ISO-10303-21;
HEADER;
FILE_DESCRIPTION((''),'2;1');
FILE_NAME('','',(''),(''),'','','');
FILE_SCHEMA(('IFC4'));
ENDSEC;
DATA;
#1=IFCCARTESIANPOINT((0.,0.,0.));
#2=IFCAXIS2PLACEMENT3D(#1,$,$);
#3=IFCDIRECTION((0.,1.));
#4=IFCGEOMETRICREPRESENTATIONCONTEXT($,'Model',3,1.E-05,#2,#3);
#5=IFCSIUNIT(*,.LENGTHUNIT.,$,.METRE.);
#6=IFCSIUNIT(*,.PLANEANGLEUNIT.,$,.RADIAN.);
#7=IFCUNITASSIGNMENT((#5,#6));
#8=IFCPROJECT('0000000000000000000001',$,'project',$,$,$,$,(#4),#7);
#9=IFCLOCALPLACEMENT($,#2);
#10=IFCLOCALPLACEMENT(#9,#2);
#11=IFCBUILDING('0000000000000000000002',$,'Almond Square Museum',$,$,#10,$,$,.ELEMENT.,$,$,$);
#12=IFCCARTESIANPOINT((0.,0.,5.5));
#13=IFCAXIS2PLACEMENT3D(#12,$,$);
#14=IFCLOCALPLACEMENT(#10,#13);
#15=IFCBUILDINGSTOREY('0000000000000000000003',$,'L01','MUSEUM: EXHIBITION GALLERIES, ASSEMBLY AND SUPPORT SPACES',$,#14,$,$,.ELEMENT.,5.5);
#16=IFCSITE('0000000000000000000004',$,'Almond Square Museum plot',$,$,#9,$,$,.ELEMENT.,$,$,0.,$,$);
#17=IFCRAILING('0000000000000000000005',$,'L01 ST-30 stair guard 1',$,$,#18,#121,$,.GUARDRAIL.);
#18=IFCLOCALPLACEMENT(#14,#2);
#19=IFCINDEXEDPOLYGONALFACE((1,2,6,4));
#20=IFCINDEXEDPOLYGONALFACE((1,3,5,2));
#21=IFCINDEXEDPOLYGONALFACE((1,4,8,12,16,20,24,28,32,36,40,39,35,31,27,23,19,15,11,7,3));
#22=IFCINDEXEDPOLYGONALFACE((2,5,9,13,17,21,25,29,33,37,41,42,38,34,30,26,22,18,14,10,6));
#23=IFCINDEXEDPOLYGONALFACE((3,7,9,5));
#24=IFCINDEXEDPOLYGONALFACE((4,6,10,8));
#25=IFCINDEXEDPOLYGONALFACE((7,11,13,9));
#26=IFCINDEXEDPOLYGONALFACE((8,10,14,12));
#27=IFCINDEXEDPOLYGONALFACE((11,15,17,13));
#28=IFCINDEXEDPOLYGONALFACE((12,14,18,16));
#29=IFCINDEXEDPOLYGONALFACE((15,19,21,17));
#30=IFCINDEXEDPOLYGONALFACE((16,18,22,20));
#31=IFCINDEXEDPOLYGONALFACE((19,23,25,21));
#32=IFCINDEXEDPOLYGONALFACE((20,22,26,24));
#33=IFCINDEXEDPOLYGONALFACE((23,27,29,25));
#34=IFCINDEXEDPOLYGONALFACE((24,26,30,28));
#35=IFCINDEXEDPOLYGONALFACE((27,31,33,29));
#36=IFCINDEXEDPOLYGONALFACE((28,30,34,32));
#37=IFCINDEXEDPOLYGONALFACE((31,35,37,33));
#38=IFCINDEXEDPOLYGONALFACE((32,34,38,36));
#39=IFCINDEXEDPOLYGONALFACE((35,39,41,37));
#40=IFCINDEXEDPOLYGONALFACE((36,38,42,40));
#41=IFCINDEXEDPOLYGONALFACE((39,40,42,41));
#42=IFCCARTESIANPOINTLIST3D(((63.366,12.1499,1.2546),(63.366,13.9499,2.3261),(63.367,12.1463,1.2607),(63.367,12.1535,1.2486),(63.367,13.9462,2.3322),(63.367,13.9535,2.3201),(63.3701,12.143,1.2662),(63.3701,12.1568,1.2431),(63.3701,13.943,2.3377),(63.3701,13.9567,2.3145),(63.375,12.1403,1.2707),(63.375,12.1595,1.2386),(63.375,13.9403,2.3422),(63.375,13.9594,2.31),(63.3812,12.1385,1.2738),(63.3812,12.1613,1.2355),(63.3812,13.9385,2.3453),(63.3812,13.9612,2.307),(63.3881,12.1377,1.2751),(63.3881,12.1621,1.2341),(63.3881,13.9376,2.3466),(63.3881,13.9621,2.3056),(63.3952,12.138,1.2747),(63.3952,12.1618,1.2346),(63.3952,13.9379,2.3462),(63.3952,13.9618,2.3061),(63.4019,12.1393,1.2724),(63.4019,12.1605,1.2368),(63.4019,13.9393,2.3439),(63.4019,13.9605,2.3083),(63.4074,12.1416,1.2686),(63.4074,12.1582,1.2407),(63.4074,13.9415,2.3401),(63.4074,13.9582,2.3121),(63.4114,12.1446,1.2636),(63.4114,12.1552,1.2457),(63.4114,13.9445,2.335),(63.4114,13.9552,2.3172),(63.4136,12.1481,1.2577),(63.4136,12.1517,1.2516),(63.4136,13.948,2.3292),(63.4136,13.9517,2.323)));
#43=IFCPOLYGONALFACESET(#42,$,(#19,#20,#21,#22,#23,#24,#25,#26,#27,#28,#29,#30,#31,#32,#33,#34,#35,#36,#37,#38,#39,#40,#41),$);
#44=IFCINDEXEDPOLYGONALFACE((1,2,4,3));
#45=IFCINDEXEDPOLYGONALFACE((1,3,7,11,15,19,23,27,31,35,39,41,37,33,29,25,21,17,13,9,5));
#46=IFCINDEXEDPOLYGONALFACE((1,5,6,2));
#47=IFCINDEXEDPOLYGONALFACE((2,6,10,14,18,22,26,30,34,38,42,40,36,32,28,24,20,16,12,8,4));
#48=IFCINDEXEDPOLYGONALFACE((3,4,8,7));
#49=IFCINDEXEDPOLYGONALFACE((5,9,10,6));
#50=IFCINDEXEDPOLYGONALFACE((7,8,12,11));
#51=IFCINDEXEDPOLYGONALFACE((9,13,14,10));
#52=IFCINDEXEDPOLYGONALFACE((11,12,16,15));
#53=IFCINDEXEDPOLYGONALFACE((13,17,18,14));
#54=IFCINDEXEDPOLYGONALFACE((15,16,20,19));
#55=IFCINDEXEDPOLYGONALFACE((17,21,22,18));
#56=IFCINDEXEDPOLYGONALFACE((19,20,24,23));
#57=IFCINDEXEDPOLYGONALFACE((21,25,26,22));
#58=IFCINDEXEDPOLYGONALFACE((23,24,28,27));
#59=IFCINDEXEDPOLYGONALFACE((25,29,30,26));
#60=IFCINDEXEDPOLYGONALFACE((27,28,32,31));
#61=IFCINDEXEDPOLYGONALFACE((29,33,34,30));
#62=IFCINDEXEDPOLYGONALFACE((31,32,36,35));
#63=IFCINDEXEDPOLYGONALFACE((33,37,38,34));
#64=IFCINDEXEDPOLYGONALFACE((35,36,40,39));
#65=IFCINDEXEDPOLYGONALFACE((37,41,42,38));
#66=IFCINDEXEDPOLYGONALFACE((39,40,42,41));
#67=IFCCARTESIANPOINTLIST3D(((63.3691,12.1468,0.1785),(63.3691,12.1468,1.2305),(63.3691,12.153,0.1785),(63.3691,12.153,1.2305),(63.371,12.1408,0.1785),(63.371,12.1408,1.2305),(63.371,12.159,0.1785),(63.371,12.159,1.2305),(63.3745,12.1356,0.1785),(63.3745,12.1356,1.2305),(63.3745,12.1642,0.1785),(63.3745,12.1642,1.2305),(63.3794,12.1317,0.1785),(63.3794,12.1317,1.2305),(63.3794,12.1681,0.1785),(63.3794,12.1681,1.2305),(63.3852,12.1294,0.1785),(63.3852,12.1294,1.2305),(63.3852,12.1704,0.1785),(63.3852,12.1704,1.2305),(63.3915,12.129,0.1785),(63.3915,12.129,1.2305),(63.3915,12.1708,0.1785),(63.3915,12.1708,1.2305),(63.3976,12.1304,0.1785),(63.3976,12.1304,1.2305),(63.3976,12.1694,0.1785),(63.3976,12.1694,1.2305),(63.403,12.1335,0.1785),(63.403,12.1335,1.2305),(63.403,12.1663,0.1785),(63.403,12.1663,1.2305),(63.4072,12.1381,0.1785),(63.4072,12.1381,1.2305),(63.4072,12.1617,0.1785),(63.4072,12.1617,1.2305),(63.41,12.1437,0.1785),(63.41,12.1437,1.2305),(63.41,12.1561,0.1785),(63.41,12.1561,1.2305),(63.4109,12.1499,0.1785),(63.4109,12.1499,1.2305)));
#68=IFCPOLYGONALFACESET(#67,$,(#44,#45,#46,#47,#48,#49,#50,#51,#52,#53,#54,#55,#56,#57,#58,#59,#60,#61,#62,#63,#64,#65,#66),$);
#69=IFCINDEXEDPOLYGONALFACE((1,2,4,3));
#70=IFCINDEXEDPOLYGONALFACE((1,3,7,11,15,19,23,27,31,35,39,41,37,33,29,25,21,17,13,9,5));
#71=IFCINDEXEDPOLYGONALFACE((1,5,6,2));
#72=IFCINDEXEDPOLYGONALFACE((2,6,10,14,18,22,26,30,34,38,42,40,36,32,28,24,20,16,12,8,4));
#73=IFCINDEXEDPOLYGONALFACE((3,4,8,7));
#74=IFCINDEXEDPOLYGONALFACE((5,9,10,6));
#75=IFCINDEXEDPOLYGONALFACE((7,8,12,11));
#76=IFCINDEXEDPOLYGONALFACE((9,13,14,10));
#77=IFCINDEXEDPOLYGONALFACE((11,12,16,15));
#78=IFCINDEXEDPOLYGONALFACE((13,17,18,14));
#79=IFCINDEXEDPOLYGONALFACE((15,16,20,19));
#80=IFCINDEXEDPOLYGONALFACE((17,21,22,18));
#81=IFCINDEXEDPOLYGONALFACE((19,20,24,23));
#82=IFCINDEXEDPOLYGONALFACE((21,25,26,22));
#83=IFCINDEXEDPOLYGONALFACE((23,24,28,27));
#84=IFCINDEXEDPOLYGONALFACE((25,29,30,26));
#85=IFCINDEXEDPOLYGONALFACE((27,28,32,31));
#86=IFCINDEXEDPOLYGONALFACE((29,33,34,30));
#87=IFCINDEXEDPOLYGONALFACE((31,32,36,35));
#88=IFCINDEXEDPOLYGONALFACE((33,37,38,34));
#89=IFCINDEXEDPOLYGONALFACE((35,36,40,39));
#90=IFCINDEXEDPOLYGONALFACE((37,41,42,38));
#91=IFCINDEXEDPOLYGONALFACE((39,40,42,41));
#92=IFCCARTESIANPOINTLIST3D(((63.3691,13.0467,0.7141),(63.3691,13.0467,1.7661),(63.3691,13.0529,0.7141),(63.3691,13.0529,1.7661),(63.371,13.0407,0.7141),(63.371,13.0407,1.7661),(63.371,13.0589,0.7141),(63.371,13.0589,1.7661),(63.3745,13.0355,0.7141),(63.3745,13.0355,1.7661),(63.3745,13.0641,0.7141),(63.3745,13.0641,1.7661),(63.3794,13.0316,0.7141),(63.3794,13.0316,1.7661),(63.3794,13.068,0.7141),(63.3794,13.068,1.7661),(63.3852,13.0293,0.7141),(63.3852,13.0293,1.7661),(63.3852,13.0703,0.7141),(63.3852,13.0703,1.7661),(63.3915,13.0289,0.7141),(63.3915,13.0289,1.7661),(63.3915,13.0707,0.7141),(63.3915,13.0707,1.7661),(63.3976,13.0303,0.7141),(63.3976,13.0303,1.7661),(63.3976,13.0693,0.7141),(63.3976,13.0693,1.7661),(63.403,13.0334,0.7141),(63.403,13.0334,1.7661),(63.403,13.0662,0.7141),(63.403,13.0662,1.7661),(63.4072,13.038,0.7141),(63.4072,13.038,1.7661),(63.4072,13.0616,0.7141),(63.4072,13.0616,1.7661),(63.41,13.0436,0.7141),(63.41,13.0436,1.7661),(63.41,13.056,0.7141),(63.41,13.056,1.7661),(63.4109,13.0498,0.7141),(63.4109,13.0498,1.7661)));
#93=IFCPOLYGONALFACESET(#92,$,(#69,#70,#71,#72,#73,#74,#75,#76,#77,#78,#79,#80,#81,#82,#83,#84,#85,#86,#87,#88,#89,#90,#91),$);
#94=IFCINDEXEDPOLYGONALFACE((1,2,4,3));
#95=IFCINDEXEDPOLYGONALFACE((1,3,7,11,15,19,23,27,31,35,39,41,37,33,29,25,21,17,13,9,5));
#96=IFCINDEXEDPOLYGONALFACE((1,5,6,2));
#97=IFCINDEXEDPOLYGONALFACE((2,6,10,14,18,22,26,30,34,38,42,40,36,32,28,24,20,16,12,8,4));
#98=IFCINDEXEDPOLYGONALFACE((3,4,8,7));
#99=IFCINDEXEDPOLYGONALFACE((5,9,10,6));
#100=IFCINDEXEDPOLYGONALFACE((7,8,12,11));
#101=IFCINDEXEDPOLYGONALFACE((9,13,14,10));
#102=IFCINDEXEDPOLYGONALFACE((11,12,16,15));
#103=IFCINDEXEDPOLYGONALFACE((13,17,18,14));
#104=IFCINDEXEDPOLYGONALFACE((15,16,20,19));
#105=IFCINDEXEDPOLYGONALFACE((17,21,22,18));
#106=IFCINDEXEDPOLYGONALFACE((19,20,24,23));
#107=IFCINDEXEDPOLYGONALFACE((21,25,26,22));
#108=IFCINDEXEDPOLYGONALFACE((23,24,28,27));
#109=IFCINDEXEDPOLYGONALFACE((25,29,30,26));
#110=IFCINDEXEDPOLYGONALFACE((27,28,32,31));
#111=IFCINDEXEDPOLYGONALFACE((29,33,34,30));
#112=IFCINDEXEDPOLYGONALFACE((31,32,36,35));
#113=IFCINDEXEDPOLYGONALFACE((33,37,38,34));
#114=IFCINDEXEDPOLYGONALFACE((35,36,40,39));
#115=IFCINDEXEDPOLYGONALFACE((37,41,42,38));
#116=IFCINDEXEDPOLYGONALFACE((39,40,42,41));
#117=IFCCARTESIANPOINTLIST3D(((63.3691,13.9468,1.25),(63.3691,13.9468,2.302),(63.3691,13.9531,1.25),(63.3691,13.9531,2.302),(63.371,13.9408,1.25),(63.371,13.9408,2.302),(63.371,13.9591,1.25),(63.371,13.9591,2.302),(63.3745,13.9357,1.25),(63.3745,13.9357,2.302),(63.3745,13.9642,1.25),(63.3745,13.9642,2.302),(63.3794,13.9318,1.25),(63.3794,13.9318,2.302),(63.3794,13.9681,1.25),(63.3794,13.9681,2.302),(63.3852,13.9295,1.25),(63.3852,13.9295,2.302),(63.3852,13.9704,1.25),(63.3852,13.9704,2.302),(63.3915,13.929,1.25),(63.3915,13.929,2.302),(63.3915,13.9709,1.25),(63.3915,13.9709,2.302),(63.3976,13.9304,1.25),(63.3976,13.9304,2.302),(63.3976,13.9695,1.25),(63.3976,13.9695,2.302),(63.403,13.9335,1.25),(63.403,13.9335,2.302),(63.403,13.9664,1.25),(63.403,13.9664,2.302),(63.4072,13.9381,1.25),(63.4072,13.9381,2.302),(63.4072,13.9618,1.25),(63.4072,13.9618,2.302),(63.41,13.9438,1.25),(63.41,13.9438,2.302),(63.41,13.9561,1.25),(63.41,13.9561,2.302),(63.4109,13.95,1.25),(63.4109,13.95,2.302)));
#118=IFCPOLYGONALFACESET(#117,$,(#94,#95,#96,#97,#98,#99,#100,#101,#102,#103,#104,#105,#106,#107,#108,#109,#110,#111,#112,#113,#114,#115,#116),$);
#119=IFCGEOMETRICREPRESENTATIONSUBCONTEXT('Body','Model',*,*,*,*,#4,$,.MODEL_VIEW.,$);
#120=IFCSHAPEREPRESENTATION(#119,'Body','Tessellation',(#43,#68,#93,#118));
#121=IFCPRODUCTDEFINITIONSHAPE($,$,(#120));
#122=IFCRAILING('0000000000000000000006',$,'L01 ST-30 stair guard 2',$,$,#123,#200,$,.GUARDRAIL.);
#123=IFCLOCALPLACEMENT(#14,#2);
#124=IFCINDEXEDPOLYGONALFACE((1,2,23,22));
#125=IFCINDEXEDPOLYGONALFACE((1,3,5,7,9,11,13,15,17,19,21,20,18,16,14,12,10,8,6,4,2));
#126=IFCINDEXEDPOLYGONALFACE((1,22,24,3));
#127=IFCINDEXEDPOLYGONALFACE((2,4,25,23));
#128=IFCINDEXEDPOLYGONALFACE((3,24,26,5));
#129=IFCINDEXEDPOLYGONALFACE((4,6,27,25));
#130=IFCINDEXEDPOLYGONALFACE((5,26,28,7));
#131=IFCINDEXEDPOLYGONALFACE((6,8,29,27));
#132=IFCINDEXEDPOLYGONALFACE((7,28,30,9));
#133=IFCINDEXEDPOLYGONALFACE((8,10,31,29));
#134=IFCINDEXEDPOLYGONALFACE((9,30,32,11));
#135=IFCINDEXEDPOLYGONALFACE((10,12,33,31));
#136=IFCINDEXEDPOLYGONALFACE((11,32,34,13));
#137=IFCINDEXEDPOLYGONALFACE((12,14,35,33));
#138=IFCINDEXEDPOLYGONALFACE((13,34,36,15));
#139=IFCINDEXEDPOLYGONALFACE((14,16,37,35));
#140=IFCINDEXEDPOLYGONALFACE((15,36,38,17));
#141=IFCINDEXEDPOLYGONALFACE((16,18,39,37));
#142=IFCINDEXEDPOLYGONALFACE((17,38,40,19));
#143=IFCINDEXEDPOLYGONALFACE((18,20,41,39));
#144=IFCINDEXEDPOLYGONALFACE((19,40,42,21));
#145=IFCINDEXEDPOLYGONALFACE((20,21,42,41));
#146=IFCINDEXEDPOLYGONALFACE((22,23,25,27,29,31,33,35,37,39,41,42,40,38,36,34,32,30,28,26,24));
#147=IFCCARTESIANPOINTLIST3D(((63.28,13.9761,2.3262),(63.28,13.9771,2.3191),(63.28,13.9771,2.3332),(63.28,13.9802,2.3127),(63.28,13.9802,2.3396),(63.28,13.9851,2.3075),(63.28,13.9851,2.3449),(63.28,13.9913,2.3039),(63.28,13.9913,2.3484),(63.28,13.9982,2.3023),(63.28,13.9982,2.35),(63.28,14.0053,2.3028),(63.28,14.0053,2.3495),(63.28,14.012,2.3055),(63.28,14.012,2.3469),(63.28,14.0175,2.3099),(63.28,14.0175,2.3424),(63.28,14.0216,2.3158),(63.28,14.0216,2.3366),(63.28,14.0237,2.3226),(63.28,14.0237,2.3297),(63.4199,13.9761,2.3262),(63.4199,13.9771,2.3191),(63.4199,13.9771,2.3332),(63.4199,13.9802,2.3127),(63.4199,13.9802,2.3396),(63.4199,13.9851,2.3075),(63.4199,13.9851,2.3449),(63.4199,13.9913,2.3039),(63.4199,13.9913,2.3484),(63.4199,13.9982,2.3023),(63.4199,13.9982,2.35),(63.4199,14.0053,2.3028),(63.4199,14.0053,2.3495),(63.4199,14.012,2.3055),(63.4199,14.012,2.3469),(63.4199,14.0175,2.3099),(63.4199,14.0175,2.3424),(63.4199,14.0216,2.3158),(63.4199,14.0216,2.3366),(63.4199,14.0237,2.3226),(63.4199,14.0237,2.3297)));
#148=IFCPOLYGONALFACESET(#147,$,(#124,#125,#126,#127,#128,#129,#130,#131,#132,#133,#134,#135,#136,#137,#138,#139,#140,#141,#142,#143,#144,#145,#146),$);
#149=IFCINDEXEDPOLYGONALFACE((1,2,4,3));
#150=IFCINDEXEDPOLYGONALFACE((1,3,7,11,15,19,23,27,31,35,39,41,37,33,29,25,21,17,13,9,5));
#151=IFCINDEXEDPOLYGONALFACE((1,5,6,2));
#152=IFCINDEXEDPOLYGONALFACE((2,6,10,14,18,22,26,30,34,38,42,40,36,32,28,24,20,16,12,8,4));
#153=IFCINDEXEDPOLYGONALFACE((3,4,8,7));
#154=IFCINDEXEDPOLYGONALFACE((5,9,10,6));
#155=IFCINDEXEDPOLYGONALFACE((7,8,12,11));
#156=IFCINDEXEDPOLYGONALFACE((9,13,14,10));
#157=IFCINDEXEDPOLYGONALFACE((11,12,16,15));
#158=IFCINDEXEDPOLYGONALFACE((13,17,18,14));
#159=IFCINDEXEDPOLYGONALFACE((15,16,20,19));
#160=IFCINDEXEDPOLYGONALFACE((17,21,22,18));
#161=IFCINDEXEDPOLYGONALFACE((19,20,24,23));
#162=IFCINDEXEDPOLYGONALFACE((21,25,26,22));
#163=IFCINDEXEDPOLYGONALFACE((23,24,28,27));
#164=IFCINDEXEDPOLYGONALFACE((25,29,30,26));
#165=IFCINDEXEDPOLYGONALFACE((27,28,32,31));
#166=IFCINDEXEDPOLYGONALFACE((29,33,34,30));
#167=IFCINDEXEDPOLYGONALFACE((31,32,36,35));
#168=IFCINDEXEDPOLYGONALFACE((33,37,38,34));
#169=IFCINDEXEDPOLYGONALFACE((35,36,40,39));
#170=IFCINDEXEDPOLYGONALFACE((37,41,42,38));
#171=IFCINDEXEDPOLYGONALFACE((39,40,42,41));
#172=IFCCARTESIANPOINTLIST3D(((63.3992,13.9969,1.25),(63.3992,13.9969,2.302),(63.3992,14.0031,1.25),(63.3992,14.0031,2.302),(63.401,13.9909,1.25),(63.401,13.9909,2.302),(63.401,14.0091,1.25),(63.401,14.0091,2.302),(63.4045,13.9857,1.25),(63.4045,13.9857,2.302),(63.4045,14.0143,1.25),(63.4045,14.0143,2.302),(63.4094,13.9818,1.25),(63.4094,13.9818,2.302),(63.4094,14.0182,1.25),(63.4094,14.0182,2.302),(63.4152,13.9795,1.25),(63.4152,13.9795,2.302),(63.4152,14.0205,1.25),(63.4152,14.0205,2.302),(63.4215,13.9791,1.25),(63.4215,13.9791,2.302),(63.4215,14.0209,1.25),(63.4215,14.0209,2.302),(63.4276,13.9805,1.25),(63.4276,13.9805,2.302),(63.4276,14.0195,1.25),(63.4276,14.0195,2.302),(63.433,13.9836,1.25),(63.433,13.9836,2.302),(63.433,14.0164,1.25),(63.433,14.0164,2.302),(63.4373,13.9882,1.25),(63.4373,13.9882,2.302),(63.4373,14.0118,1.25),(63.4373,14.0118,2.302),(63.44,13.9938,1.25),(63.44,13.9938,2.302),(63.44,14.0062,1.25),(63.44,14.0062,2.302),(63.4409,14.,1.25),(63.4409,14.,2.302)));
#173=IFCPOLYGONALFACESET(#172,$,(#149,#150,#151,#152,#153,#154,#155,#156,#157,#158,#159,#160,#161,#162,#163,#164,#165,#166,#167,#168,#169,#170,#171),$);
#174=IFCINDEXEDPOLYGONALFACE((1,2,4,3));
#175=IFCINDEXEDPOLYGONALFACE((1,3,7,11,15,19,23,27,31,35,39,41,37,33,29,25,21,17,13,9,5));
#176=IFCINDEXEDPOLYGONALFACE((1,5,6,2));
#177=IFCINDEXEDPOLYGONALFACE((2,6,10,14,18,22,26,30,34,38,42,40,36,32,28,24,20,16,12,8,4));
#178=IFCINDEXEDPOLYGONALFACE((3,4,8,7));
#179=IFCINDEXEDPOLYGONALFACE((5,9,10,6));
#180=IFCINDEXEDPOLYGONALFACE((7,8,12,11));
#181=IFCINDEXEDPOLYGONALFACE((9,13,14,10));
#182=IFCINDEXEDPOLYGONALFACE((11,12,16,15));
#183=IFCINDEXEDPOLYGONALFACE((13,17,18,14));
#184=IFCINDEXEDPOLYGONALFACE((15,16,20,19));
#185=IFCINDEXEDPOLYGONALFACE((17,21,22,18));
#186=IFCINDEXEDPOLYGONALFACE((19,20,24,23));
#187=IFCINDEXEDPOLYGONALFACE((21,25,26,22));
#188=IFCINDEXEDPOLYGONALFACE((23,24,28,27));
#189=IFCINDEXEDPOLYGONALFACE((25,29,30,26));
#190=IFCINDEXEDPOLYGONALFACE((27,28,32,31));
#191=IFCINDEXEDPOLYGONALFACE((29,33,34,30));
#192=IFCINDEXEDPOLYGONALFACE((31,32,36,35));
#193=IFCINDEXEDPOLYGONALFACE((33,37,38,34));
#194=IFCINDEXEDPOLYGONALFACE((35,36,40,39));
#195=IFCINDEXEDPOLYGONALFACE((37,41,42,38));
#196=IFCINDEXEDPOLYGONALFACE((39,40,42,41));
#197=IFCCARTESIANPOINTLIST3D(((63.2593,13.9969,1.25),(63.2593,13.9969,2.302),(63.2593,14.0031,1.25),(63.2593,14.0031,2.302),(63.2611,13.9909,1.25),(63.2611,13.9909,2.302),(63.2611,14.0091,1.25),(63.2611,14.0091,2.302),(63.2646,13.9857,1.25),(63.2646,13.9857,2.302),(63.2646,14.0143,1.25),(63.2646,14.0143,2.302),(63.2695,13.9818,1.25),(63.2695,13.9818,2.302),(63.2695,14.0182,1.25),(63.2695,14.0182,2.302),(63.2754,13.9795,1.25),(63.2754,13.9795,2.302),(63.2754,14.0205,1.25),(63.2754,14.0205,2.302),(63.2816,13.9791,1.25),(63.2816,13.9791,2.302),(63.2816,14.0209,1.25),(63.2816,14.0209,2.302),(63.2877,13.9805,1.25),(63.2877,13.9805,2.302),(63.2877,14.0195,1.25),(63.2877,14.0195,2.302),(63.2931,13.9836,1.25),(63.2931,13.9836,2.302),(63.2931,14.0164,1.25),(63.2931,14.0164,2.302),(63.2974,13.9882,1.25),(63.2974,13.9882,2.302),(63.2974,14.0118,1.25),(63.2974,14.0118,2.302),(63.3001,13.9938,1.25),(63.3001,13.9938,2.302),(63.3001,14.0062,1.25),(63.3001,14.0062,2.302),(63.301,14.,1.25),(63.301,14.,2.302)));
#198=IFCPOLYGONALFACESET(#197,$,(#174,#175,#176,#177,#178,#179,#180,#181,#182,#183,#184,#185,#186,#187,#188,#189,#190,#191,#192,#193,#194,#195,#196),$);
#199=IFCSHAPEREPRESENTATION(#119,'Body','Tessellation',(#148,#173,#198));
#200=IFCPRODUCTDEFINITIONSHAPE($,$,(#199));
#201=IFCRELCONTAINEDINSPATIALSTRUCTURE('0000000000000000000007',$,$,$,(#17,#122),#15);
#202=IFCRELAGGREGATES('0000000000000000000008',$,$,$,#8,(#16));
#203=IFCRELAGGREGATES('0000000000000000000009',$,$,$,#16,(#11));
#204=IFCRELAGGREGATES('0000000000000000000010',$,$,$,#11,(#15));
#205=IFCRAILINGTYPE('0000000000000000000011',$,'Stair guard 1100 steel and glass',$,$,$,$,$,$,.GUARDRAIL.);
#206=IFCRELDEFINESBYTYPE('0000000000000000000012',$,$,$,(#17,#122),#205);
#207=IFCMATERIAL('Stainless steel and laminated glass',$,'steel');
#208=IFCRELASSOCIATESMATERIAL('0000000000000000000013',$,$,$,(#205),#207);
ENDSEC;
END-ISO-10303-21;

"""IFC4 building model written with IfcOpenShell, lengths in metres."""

from ifc_helpers import new_model, si_unit, direction, frame, origin, origin_2d, place, context, subcontext, project, spatial, circle, extrude, material, type_object, element, save


model = new_model("IFC4")

# Units and contexts
model_context = context("Model", 3, precision=1e-05, world=origin(), true_north=direction((0.0, 1.0)))
body_context = subcontext(model_context, "Body", "Model", "MODEL_VIEW")
ifc_project = project(units=[si_unit("LENGTHUNIT", "METRE"), si_unit("PLANEANGLEUNIT", "RADIAN")], contexts=[model_context])

# Site, building, storey
site_placement = place(None, origin())
site = spatial("IfcSite", under=ifc_project, at=site_placement, Name="Almond Square Museum plot", CompositionType="ELEMENT", RefElevation=0.0)
building_placement = place(site_placement, origin())
building = spatial("IfcBuilding", under=site, at=building_placement, Name="Almond Square Museum", CompositionType="ELEMENT")
storey_placement = place(building_placement, frame((0.0, 0.0, 5.5)))
storey = spatial("IfcBuildingStorey", under=building, at=storey_placement, Name="L01", Description="MUSEUM: EXHIBITION GALLERIES, ASSEMBLY AND SUPPORT SPACES", CompositionType="ELEMENT", Elevation=5.5)

# Railings
ifc_material_1 = material(Name="Stainless steel and laminated glass", Category="steel")
railing_type_1 = type_object("IfcRailingType", Name="Stair guard 1100 steel and glass", PredefinedType="GUARDRAIL", material=ifc_material_1)
railing_1_placement = place(storey_placement, frame((63.3899, 12.1499, 0.1785)))
element("IfcRailing", 1, at=railing_1_placement, inside=storey, type_object=railing_type_1, Name="L01 ST-30 stair guard 1", PredefinedType="GUARDRAIL", context=body_context, shape_type="SweptSolid", body=[
    extrude(circle(Radius=0.0239, at=origin_2d()), frame((0.0, 0.0, 1.0762), z_axis=(0.0, 0.859277, 0.51151), x_axis=(-1.0, 0.0, 0.0)), (0.0, 0.0, 1.0), 2.0947),
    extrude(circle(Radius=0.021, at=origin_2d()), origin(), (0.0, 0.0, 1.0), 1.052),
    extrude(circle(Radius=0.021, at=origin_2d()), frame((0.0, 0.8999, 0.5356)), (0.0, 0.0, 1.0), 1.052),
    extrude(circle(Radius=0.021, at=origin_2d()), frame((0.0, 1.8, 1.0715)), (0.0, 0.0, 1.0), 1.052),
])
railing_2_placement = place(storey_placement, frame((63.4199, 14.0, 1.25)))
element("IfcRailing", 2, at=railing_2_placement, inside=storey, type_object=railing_type_1, Name="L01 ST-30 stair guard 2", PredefinedType="GUARDRAIL", context=body_context, shape_type="SweptSolid", body=[
    extrude(circle(Radius=0.0239, at=origin_2d()), frame((0.0, 0.0, 1.0762), z_axis=(-1.0, 0.0, 0.0), x_axis=(0.0, -1.0, 0.0)), (0.0, 0.0, 1.0), 0.1399),
    extrude(circle(Radius=0.021, at=origin_2d()), origin(), (0.0, 0.0, 1.0), 1.052),
    extrude(circle(Radius=0.021, at=origin_2d()), frame((-0.1399, 0.0, 0.0)), (0.0, 0.0, 1.0), 1.052),
])

save(model, "model.ifc")
